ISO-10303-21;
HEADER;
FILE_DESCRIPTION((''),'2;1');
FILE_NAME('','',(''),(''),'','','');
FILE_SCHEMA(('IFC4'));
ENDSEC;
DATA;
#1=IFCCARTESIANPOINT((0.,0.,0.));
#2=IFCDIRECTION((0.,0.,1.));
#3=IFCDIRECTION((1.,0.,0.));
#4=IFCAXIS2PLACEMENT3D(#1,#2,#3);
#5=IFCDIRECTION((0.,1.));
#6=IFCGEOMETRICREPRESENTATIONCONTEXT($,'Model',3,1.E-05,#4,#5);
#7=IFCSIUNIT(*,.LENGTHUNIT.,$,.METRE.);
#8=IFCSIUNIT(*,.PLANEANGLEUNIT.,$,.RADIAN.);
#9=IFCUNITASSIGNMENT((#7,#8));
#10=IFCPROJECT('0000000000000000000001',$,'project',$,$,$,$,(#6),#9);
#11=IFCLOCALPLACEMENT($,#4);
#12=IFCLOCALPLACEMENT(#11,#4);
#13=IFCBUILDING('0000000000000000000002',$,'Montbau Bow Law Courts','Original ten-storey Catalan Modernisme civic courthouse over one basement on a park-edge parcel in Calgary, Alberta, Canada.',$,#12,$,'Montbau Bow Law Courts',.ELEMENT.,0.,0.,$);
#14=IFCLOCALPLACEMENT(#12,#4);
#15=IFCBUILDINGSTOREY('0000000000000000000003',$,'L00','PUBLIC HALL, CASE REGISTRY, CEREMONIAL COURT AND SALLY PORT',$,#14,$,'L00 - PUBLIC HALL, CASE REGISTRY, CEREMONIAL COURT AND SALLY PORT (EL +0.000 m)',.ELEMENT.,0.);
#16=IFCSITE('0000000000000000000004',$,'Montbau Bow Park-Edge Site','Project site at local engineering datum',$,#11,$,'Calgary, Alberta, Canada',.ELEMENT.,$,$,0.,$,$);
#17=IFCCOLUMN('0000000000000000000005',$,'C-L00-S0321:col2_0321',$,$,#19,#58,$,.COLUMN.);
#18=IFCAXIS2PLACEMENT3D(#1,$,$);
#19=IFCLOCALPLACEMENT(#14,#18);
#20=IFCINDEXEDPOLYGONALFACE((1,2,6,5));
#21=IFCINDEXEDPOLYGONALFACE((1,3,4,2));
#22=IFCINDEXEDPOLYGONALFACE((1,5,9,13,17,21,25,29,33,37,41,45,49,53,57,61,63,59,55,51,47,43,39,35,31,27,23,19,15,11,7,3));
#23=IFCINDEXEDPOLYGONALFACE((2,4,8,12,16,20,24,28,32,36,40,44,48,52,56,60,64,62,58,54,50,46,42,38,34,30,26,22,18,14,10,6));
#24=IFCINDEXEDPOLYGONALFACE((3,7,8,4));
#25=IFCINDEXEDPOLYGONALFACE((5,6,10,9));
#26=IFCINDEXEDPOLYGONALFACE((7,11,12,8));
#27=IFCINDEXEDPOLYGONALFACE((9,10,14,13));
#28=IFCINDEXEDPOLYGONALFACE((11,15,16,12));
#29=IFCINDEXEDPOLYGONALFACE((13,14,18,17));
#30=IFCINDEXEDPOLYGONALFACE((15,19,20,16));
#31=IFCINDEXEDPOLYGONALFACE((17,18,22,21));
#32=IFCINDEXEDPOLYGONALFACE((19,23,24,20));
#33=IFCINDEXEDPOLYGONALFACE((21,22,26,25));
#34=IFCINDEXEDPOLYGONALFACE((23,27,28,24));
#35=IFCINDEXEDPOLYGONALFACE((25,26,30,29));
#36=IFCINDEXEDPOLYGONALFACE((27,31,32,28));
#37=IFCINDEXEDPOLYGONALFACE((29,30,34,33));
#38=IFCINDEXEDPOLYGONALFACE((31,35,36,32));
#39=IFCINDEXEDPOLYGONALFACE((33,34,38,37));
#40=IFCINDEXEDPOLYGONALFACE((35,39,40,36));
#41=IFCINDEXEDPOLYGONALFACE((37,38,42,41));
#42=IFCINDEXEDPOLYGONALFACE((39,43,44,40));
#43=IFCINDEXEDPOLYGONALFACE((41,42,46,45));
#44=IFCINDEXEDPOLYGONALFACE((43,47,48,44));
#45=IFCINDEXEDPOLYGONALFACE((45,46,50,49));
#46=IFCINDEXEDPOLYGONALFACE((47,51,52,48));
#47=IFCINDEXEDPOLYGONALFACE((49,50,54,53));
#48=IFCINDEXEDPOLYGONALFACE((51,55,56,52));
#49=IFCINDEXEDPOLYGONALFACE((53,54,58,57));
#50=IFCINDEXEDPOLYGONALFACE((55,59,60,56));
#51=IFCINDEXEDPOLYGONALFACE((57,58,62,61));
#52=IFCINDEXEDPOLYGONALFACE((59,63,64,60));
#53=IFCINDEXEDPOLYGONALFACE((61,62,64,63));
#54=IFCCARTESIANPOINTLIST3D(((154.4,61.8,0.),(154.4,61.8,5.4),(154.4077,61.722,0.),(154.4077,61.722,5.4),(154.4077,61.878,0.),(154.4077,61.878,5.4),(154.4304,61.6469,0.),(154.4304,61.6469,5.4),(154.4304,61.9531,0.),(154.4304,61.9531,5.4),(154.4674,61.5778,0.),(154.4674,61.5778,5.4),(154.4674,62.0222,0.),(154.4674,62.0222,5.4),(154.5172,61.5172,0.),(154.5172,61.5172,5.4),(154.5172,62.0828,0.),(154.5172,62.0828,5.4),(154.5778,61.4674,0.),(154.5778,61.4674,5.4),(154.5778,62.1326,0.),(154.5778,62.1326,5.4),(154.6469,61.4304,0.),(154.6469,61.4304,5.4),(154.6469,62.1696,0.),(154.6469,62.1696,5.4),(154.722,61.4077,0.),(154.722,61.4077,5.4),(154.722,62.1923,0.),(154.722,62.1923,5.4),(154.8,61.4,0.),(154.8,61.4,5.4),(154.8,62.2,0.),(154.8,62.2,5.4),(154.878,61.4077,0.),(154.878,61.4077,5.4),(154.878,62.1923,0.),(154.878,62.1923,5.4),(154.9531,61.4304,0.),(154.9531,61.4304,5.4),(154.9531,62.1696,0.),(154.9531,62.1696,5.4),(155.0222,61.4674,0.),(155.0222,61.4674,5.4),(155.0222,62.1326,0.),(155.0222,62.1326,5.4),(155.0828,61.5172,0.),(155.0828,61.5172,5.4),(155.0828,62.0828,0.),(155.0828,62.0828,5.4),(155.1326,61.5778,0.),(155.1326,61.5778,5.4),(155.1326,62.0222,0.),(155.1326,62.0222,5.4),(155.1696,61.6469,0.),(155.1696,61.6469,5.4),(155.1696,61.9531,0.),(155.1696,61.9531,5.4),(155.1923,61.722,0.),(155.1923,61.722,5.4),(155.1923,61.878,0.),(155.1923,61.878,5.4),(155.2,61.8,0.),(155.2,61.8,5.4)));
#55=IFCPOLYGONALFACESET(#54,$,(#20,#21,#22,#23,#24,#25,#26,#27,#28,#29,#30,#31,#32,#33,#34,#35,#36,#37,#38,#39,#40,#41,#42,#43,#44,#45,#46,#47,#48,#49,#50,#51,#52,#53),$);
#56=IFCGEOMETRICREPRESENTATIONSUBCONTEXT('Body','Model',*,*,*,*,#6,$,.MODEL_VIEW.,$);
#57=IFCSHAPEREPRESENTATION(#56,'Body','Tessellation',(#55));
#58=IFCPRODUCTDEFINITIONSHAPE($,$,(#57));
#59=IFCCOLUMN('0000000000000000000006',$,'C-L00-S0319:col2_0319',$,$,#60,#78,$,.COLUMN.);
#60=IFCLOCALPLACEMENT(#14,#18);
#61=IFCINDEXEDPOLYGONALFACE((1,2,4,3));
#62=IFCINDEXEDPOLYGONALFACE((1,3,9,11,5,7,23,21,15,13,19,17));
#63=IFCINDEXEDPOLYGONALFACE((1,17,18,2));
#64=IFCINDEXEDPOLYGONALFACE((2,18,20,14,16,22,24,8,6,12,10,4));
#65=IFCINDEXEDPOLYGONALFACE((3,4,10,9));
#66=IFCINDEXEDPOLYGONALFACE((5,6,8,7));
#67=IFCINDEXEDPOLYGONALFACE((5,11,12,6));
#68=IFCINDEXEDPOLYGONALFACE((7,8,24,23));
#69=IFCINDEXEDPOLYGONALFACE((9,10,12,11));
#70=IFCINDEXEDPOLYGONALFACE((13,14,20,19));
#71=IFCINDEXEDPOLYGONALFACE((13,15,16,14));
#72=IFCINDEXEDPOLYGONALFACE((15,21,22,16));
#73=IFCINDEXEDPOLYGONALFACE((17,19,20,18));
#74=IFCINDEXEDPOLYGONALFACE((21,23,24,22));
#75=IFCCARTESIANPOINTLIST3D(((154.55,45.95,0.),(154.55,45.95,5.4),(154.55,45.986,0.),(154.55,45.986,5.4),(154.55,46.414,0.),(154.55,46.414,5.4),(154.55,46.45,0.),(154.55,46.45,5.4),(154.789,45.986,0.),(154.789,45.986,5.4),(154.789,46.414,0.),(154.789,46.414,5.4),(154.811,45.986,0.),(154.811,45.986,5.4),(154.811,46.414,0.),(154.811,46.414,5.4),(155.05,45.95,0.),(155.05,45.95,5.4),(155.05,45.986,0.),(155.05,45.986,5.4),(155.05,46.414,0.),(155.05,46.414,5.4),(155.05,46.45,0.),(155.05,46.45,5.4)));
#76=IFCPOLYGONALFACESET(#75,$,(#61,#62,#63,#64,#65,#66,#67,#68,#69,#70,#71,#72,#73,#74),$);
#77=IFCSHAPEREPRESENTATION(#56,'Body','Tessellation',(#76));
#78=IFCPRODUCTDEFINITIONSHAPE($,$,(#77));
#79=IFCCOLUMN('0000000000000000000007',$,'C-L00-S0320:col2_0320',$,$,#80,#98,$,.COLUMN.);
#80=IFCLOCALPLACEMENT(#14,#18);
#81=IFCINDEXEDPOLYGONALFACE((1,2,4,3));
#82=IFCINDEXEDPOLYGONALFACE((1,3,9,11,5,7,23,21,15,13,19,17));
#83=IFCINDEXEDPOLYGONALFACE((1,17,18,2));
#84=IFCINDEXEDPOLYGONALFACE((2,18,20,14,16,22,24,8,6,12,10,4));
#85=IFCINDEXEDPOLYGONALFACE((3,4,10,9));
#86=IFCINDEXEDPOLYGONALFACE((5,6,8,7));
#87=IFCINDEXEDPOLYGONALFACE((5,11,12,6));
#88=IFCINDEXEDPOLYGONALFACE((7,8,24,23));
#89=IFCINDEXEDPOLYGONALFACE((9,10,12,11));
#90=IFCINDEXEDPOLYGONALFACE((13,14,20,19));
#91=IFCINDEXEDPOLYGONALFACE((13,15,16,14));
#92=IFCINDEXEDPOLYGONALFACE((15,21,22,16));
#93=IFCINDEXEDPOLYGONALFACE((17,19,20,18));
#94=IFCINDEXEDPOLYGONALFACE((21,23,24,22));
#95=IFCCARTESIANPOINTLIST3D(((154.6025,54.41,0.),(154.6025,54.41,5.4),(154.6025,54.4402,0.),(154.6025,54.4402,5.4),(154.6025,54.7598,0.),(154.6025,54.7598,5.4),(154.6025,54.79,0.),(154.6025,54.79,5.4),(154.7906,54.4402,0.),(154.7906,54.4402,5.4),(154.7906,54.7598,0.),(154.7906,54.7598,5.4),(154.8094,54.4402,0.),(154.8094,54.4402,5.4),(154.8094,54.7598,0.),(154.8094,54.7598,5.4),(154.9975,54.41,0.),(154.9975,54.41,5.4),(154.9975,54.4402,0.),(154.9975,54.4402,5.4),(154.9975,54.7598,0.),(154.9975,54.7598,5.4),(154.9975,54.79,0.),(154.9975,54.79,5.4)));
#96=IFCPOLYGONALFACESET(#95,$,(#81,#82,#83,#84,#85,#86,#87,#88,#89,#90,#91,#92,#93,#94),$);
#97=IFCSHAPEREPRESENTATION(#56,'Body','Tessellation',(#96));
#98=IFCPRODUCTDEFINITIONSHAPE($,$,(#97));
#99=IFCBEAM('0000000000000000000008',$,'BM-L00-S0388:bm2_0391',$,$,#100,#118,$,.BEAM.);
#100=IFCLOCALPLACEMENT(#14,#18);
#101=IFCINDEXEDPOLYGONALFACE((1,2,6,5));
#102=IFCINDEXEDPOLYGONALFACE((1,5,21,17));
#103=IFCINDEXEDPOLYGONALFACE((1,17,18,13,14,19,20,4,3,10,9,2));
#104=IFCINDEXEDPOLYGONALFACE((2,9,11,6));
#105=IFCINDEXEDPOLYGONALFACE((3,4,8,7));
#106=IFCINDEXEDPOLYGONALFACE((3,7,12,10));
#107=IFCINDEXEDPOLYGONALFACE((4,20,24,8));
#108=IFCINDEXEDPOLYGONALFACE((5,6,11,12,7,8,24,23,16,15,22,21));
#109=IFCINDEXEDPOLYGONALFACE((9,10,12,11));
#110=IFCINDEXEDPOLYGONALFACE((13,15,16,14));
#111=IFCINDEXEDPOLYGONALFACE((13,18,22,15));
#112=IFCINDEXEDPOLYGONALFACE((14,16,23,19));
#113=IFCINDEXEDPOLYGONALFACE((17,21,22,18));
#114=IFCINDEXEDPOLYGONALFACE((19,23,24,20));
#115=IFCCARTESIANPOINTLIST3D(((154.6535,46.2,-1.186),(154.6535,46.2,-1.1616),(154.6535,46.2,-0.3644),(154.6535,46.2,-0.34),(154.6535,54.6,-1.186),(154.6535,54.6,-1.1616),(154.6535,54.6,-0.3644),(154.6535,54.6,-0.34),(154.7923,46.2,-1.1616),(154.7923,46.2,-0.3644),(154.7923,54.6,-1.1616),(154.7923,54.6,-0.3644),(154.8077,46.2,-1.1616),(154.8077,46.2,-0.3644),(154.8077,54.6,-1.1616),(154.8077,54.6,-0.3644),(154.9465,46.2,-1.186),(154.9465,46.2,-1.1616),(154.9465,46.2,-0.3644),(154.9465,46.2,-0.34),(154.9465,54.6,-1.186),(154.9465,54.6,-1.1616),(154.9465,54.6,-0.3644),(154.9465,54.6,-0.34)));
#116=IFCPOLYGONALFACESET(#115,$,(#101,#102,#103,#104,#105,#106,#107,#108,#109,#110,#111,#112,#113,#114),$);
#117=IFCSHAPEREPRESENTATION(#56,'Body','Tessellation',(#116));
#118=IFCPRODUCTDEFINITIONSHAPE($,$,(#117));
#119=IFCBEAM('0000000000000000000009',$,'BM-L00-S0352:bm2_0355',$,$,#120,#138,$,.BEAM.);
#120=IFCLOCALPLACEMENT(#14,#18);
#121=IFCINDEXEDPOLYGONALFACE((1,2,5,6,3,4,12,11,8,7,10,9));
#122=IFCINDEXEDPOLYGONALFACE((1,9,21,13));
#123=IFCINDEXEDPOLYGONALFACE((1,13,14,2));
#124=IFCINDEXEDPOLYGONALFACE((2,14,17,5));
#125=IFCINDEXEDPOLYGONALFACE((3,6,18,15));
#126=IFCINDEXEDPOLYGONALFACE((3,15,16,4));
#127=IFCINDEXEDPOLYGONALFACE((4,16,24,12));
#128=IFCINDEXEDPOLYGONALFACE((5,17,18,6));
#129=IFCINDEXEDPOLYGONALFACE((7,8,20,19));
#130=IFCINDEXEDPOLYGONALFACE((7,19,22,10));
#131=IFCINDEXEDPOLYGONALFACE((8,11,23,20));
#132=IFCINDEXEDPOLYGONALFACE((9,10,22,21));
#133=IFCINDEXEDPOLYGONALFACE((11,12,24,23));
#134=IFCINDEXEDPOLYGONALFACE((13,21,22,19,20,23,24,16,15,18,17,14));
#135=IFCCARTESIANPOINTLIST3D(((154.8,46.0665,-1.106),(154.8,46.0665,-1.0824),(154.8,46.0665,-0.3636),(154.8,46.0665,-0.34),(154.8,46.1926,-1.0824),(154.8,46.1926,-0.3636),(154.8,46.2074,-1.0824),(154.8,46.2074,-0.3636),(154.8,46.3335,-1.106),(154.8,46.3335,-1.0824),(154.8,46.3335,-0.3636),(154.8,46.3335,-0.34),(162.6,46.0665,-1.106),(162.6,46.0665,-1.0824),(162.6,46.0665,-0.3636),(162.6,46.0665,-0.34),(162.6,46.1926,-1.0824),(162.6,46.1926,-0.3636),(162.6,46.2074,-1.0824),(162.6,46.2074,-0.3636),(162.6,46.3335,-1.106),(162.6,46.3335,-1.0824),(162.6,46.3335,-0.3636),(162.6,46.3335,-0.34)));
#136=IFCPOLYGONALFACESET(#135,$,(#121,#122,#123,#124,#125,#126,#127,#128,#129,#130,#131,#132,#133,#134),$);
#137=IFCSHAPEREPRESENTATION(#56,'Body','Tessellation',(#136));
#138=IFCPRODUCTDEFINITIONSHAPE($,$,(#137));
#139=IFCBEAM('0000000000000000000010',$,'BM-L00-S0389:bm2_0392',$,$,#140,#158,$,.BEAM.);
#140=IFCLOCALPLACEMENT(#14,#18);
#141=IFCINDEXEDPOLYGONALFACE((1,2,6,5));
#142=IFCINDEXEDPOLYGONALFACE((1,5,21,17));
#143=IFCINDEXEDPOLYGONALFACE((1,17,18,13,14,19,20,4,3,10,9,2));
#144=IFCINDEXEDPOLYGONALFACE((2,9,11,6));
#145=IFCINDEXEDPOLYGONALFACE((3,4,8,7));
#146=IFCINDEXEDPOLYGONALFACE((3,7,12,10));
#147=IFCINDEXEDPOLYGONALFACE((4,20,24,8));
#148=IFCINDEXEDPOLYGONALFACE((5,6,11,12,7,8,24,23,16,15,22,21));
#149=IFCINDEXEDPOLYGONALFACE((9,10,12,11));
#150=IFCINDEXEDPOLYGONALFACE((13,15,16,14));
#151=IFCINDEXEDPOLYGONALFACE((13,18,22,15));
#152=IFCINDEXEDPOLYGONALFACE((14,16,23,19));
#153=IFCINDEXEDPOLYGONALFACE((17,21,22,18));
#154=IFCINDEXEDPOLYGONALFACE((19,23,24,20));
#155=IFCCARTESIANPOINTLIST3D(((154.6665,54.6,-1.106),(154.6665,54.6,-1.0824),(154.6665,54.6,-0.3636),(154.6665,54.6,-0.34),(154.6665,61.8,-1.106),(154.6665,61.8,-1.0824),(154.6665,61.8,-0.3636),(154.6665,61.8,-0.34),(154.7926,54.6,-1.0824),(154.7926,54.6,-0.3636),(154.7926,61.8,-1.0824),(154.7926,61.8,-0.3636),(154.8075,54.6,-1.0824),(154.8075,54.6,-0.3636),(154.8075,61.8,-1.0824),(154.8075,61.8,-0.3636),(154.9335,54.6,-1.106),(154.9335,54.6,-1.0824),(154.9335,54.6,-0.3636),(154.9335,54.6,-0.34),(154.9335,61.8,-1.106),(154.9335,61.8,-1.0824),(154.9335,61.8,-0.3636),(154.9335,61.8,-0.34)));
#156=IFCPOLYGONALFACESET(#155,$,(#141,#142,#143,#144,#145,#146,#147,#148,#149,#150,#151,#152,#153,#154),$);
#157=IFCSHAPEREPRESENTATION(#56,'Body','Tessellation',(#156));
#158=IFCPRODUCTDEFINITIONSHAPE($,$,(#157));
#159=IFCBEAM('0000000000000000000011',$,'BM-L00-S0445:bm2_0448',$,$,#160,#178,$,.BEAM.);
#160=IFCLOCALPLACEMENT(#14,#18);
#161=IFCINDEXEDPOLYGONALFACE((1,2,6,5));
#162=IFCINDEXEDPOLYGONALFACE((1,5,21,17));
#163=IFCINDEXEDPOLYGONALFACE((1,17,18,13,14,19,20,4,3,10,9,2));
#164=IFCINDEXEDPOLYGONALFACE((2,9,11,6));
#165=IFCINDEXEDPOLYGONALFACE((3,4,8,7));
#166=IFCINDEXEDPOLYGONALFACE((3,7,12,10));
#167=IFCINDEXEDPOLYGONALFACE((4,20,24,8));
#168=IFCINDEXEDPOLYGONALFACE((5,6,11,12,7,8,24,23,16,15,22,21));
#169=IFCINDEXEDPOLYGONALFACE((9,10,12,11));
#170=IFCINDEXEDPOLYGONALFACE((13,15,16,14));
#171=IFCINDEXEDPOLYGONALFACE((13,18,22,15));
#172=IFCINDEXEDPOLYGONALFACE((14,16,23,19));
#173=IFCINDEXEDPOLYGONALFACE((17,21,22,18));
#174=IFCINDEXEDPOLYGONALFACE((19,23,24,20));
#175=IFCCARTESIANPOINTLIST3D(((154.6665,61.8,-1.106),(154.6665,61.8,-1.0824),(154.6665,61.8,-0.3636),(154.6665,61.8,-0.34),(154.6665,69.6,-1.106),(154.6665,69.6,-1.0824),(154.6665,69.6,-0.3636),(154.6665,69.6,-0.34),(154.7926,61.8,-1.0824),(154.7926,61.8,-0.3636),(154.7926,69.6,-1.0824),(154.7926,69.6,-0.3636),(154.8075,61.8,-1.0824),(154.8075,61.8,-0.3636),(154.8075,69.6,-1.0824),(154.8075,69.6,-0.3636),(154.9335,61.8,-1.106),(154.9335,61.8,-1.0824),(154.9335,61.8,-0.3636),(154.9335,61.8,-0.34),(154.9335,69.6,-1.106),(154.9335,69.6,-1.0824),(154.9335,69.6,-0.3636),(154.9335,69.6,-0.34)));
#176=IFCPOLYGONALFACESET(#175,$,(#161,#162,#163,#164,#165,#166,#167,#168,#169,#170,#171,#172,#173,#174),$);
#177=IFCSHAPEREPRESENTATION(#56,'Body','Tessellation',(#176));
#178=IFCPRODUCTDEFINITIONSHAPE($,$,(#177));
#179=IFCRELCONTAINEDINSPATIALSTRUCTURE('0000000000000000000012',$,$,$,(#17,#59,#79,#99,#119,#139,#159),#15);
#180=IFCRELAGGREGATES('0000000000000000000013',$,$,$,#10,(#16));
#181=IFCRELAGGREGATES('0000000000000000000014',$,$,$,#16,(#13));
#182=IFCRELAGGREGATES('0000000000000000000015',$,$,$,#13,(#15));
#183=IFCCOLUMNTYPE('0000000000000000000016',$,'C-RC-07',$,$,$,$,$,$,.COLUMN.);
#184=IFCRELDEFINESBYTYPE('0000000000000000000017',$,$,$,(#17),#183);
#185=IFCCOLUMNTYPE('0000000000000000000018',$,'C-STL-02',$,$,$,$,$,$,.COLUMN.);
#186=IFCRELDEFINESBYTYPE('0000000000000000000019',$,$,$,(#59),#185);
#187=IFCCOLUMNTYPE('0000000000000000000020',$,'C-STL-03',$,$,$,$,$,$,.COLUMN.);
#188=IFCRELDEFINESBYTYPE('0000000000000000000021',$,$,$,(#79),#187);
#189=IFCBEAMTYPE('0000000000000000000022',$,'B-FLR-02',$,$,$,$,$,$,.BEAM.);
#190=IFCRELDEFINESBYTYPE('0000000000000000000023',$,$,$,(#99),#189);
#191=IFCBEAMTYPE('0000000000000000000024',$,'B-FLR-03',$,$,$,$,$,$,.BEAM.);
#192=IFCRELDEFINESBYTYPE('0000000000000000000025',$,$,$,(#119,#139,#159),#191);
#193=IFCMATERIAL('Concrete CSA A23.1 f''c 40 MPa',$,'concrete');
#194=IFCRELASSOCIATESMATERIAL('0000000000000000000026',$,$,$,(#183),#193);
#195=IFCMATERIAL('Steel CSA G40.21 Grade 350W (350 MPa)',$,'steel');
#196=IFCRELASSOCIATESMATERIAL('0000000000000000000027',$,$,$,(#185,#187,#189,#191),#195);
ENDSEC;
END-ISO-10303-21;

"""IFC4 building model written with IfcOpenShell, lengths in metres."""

from ifc_helpers import new_model, si_unit, direction, frame, origin_with_axes, origin_2d_with_axis, place, context, subcontext, project, spatial, circle, i_section, extrude, material, material_profile, profile_set, type_object, element, save


model = new_model("IFC4")

# Units and contexts
model_context = context("Model", 3, precision=1e-05, world=origin_with_axes(), true_north=direction((0.0, 1.0)))
body_context = subcontext(model_context, "Body", "Model", "MODEL_VIEW")
ifc_project = project(units=[si_unit("LENGTHUNIT", "METRE"), si_unit("PLANEANGLEUNIT", "RADIAN")], contexts=[model_context])

# Site, building, storey
site_placement = place(None, origin_with_axes())
site = spatial("IfcSite", under=ifc_project, at=site_placement, Name="Montbau Bow Park-Edge Site", Description="Project site at local engineering datum", LongName="Calgary, Alberta, Canada", CompositionType="ELEMENT", RefElevation=0.0)
building_placement = place(site_placement, origin_with_axes())
building = spatial("IfcBuilding", under=site, at=building_placement, Name="Montbau Bow Law Courts", Description="Original ten-storey Catalan Modernisme civic courthouse over one basement on a park-edge parcel in Calgary, Alberta, Canada.", LongName="Montbau Bow Law Courts", CompositionType="ELEMENT", ElevationOfRefHeight=0.0, ElevationOfTerrain=0.0)
storey_placement = place(building_placement, origin_with_axes())
storey = spatial("IfcBuildingStorey", under=building, at=storey_placement, Name="L00", Description="PUBLIC HALL, CASE REGISTRY, CEREMONIAL COURT AND SALLY PORT", LongName="L00 - PUBLIC HALL, CASE REGISTRY, CEREMONIAL COURT AND SALLY PORT (EL +0.000 m)", CompositionType="ELEMENT", Elevation=0.0)

# Columns
ifc_material_1 = material(Name="Concrete CSA A23.1 f'c 40 MPa", Category="concrete")
ifc_material_profile_1 = material_profile(ifc_material_1, circle(Radius=0.4, at=origin_2d_with_axis()), Name="RC800D", Category="Main", Priority=0)
ifc_profile_set_1 = profile_set([ifc_material_profile_1], Name="Concrete CSA A23.1 f'c 40 MPa")
column_type_1 = type_object("IfcColumnType", Name="C-RC-07", PredefinedType="COLUMN", material=ifc_profile_set_1)
column_1_placement = place(None, frame((154.8, 61.8, 0.0), z_axis=(0.0, 0.0, 1.0), x_axis=(1.0, 0.0, 0.0)))
element("IfcColumn", 1, at=column_1_placement, inside=storey, type_object=column_type_1, Name="C-L00-S0321:col2_0321", PredefinedType="COLUMN", context=body_context, shape_type="SweptSolid", body=[
    extrude(circle(Radius=0.4, at=origin_2d_with_axis()), origin_with_axes(), (0.0, 0.0, 1.0), 5.4),
])
ifc_material_2 = material(Name="Steel CSA G40.21 Grade 350W (350 MPa)", Category="steel")
ifc_material_profile_2 = material_profile(ifc_material_2, i_section(OverallWidth=0.5, OverallDepth=0.5, WebThickness=0.022, FlangeThickness=0.036, at=origin_2d_with_axis()), Name="WWF500X343", Category="Main", Priority=0)
ifc_profile_set_2 = profile_set([ifc_material_profile_2], Name="Steel CSA G40.21 Grade 350W (350 MPa)")
column_type_2 = type_object("IfcColumnType", Name="C-STL-02", PredefinedType="COLUMN", material=ifc_profile_set_2)
column_2_placement = place(None, frame((154.8, 46.2, 0.0), z_axis=(0.0, 0.0, 1.0), x_axis=(1.0, 0.0, 0.0)))
element("IfcColumn", 2, at=column_2_placement, inside=storey, type_object=column_type_2, Name="C-L00-S0319:col2_0319", PredefinedType="COLUMN", context=body_context, shape_type="SweptSolid", body=[
    extrude(i_section(OverallWidth=0.5, OverallDepth=0.5, WebThickness=0.022, FlangeThickness=0.036, at=origin_2d_with_axis()), origin_with_axes(), (0.0, 0.0, 1.0), 5.4),
])
ifc_material_profile_3 = material_profile(ifc_material_2, i_section(OverallWidth=0.395, OverallDepth=0.38, WebThickness=0.0189, FlangeThickness=0.0302, at=origin_2d_with_axis()), Name="W360X237", Category="Main", Priority=0)
ifc_profile_set_3 = profile_set([ifc_material_profile_3], Name="Steel CSA G40.21 Grade 350W (350 MPa)")
column_type_3 = type_object("IfcColumnType", Name="C-STL-03", PredefinedType="COLUMN", material=ifc_profile_set_3)
column_3_placement = place(None, frame((154.8, 54.6, 0.0), z_axis=(0.0, 0.0, 1.0), x_axis=(1.0, 0.0, 0.0)))
element("IfcColumn", 3, at=column_3_placement, inside=storey, type_object=column_type_3, Name="C-L00-S0320:col2_0320", PredefinedType="COLUMN", context=body_context, shape_type="SweptSolid", body=[
    extrude(i_section(OverallWidth=0.395, OverallDepth=0.38, WebThickness=0.0189, FlangeThickness=0.0302, at=origin_2d_with_axis()), origin_with_axes(), (0.0, 0.0, 1.0), 5.4),
])

# Beams
ifc_material_profile_4 = material_profile(ifc_material_2, i_section(OverallWidth=0.293, OverallDepth=0.846, WebThickness=0.0154, FlangeThickness=0.0244, at=origin_2d_with_axis()), Name="W840X210", Category="Main", Priority=0)
ifc_profile_set_4 = profile_set([ifc_material_profile_4], Name="Steel CSA G40.21 Grade 350W (350 MPa)")
beam_type_1 = type_object("IfcBeamType", Name="B-FLR-02", PredefinedType="BEAM", material=ifc_profile_set_4)
beam_1_placement = place(None, frame((154.8, 46.2, -0.763), z_axis=(0.0, 1.0, 0.0), x_axis=(-1.0, 0.0, 0.0)))
element("IfcBeam", 4, at=beam_1_placement, inside=storey, type_object=beam_type_1, Name="BM-L00-S0388:bm2_0391", PredefinedType="BEAM", context=body_context, shape_type="SweptSolid", body=[
    extrude(i_section(OverallWidth=0.293, OverallDepth=0.846, WebThickness=0.0154, FlangeThickness=0.0244, at=origin_2d_with_axis()), origin_with_axes(), (0.0, 0.0, 1.0), 8.4),
])
ifc_material_profile_5 = material_profile(ifc_material_2, i_section(OverallWidth=0.267, OverallDepth=0.766, WebThickness=0.0149, FlangeThickness=0.0236, at=origin_2d_with_axis()), Name="W760X185", Category="Main", Priority=0)
ifc_profile_set_5 = profile_set([ifc_material_profile_5], Name="Steel CSA G40.21 Grade 350W (350 MPa)")
beam_type_2 = type_object("IfcBeamType", Name="B-FLR-03", PredefinedType="BEAM", material=ifc_profile_set_5)
beam_2_placement = place(None, frame((154.8, 46.2, -0.723), z_axis=(1.0, 0.0, 0.0), x_axis=(0.0, 1.0, 0.0)))
element("IfcBeam", 5, at=beam_2_placement, inside=storey, type_object=beam_type_2, Name="BM-L00-S0352:bm2_0355", PredefinedType="BEAM", context=body_context, shape_type="SweptSolid", body=[
    extrude(i_section(OverallWidth=0.267, OverallDepth=0.766, WebThickness=0.0149, FlangeThickness=0.0236, at=origin_2d_with_axis()), origin_with_axes(), (0.0, 0.0, 1.0), 7.8),
])
beam_3_placement = place(None, frame((154.8, 54.6, -0.723), z_axis=(0.0, 1.0, 0.0), x_axis=(-1.0, 0.0, 0.0)))
element("IfcBeam", 6, at=beam_3_placement, inside=storey, type_object=beam_type_2, Name="BM-L00-S0389:bm2_0392", PredefinedType="BEAM", context=body_context, shape_type="SweptSolid", body=[
    extrude(i_section(OverallWidth=0.267, OverallDepth=0.766, WebThickness=0.0149, FlangeThickness=0.0236, at=origin_2d_with_axis()), origin_with_axes(), (0.0, 0.0, 1.0), 7.2),
])
beam_4_placement = place(None, frame((154.8, 61.8, -0.723), z_axis=(0.0, 1.0, 0.0), x_axis=(-1.0, 0.0, 0.0)))
element("IfcBeam", 7, at=beam_4_placement, inside=storey, type_object=beam_type_2, Name="BM-L00-S0445:bm2_0448", PredefinedType="BEAM", context=body_context, shape_type="SweptSolid", body=[
    extrude(i_section(OverallWidth=0.267, OverallDepth=0.766, WebThickness=0.0149, FlangeThickness=0.0236, at=origin_2d_with_axis()), origin_with_axes(), (0.0, 0.0, 1.0), 7.8),
])

save(model, "model.ifc")
